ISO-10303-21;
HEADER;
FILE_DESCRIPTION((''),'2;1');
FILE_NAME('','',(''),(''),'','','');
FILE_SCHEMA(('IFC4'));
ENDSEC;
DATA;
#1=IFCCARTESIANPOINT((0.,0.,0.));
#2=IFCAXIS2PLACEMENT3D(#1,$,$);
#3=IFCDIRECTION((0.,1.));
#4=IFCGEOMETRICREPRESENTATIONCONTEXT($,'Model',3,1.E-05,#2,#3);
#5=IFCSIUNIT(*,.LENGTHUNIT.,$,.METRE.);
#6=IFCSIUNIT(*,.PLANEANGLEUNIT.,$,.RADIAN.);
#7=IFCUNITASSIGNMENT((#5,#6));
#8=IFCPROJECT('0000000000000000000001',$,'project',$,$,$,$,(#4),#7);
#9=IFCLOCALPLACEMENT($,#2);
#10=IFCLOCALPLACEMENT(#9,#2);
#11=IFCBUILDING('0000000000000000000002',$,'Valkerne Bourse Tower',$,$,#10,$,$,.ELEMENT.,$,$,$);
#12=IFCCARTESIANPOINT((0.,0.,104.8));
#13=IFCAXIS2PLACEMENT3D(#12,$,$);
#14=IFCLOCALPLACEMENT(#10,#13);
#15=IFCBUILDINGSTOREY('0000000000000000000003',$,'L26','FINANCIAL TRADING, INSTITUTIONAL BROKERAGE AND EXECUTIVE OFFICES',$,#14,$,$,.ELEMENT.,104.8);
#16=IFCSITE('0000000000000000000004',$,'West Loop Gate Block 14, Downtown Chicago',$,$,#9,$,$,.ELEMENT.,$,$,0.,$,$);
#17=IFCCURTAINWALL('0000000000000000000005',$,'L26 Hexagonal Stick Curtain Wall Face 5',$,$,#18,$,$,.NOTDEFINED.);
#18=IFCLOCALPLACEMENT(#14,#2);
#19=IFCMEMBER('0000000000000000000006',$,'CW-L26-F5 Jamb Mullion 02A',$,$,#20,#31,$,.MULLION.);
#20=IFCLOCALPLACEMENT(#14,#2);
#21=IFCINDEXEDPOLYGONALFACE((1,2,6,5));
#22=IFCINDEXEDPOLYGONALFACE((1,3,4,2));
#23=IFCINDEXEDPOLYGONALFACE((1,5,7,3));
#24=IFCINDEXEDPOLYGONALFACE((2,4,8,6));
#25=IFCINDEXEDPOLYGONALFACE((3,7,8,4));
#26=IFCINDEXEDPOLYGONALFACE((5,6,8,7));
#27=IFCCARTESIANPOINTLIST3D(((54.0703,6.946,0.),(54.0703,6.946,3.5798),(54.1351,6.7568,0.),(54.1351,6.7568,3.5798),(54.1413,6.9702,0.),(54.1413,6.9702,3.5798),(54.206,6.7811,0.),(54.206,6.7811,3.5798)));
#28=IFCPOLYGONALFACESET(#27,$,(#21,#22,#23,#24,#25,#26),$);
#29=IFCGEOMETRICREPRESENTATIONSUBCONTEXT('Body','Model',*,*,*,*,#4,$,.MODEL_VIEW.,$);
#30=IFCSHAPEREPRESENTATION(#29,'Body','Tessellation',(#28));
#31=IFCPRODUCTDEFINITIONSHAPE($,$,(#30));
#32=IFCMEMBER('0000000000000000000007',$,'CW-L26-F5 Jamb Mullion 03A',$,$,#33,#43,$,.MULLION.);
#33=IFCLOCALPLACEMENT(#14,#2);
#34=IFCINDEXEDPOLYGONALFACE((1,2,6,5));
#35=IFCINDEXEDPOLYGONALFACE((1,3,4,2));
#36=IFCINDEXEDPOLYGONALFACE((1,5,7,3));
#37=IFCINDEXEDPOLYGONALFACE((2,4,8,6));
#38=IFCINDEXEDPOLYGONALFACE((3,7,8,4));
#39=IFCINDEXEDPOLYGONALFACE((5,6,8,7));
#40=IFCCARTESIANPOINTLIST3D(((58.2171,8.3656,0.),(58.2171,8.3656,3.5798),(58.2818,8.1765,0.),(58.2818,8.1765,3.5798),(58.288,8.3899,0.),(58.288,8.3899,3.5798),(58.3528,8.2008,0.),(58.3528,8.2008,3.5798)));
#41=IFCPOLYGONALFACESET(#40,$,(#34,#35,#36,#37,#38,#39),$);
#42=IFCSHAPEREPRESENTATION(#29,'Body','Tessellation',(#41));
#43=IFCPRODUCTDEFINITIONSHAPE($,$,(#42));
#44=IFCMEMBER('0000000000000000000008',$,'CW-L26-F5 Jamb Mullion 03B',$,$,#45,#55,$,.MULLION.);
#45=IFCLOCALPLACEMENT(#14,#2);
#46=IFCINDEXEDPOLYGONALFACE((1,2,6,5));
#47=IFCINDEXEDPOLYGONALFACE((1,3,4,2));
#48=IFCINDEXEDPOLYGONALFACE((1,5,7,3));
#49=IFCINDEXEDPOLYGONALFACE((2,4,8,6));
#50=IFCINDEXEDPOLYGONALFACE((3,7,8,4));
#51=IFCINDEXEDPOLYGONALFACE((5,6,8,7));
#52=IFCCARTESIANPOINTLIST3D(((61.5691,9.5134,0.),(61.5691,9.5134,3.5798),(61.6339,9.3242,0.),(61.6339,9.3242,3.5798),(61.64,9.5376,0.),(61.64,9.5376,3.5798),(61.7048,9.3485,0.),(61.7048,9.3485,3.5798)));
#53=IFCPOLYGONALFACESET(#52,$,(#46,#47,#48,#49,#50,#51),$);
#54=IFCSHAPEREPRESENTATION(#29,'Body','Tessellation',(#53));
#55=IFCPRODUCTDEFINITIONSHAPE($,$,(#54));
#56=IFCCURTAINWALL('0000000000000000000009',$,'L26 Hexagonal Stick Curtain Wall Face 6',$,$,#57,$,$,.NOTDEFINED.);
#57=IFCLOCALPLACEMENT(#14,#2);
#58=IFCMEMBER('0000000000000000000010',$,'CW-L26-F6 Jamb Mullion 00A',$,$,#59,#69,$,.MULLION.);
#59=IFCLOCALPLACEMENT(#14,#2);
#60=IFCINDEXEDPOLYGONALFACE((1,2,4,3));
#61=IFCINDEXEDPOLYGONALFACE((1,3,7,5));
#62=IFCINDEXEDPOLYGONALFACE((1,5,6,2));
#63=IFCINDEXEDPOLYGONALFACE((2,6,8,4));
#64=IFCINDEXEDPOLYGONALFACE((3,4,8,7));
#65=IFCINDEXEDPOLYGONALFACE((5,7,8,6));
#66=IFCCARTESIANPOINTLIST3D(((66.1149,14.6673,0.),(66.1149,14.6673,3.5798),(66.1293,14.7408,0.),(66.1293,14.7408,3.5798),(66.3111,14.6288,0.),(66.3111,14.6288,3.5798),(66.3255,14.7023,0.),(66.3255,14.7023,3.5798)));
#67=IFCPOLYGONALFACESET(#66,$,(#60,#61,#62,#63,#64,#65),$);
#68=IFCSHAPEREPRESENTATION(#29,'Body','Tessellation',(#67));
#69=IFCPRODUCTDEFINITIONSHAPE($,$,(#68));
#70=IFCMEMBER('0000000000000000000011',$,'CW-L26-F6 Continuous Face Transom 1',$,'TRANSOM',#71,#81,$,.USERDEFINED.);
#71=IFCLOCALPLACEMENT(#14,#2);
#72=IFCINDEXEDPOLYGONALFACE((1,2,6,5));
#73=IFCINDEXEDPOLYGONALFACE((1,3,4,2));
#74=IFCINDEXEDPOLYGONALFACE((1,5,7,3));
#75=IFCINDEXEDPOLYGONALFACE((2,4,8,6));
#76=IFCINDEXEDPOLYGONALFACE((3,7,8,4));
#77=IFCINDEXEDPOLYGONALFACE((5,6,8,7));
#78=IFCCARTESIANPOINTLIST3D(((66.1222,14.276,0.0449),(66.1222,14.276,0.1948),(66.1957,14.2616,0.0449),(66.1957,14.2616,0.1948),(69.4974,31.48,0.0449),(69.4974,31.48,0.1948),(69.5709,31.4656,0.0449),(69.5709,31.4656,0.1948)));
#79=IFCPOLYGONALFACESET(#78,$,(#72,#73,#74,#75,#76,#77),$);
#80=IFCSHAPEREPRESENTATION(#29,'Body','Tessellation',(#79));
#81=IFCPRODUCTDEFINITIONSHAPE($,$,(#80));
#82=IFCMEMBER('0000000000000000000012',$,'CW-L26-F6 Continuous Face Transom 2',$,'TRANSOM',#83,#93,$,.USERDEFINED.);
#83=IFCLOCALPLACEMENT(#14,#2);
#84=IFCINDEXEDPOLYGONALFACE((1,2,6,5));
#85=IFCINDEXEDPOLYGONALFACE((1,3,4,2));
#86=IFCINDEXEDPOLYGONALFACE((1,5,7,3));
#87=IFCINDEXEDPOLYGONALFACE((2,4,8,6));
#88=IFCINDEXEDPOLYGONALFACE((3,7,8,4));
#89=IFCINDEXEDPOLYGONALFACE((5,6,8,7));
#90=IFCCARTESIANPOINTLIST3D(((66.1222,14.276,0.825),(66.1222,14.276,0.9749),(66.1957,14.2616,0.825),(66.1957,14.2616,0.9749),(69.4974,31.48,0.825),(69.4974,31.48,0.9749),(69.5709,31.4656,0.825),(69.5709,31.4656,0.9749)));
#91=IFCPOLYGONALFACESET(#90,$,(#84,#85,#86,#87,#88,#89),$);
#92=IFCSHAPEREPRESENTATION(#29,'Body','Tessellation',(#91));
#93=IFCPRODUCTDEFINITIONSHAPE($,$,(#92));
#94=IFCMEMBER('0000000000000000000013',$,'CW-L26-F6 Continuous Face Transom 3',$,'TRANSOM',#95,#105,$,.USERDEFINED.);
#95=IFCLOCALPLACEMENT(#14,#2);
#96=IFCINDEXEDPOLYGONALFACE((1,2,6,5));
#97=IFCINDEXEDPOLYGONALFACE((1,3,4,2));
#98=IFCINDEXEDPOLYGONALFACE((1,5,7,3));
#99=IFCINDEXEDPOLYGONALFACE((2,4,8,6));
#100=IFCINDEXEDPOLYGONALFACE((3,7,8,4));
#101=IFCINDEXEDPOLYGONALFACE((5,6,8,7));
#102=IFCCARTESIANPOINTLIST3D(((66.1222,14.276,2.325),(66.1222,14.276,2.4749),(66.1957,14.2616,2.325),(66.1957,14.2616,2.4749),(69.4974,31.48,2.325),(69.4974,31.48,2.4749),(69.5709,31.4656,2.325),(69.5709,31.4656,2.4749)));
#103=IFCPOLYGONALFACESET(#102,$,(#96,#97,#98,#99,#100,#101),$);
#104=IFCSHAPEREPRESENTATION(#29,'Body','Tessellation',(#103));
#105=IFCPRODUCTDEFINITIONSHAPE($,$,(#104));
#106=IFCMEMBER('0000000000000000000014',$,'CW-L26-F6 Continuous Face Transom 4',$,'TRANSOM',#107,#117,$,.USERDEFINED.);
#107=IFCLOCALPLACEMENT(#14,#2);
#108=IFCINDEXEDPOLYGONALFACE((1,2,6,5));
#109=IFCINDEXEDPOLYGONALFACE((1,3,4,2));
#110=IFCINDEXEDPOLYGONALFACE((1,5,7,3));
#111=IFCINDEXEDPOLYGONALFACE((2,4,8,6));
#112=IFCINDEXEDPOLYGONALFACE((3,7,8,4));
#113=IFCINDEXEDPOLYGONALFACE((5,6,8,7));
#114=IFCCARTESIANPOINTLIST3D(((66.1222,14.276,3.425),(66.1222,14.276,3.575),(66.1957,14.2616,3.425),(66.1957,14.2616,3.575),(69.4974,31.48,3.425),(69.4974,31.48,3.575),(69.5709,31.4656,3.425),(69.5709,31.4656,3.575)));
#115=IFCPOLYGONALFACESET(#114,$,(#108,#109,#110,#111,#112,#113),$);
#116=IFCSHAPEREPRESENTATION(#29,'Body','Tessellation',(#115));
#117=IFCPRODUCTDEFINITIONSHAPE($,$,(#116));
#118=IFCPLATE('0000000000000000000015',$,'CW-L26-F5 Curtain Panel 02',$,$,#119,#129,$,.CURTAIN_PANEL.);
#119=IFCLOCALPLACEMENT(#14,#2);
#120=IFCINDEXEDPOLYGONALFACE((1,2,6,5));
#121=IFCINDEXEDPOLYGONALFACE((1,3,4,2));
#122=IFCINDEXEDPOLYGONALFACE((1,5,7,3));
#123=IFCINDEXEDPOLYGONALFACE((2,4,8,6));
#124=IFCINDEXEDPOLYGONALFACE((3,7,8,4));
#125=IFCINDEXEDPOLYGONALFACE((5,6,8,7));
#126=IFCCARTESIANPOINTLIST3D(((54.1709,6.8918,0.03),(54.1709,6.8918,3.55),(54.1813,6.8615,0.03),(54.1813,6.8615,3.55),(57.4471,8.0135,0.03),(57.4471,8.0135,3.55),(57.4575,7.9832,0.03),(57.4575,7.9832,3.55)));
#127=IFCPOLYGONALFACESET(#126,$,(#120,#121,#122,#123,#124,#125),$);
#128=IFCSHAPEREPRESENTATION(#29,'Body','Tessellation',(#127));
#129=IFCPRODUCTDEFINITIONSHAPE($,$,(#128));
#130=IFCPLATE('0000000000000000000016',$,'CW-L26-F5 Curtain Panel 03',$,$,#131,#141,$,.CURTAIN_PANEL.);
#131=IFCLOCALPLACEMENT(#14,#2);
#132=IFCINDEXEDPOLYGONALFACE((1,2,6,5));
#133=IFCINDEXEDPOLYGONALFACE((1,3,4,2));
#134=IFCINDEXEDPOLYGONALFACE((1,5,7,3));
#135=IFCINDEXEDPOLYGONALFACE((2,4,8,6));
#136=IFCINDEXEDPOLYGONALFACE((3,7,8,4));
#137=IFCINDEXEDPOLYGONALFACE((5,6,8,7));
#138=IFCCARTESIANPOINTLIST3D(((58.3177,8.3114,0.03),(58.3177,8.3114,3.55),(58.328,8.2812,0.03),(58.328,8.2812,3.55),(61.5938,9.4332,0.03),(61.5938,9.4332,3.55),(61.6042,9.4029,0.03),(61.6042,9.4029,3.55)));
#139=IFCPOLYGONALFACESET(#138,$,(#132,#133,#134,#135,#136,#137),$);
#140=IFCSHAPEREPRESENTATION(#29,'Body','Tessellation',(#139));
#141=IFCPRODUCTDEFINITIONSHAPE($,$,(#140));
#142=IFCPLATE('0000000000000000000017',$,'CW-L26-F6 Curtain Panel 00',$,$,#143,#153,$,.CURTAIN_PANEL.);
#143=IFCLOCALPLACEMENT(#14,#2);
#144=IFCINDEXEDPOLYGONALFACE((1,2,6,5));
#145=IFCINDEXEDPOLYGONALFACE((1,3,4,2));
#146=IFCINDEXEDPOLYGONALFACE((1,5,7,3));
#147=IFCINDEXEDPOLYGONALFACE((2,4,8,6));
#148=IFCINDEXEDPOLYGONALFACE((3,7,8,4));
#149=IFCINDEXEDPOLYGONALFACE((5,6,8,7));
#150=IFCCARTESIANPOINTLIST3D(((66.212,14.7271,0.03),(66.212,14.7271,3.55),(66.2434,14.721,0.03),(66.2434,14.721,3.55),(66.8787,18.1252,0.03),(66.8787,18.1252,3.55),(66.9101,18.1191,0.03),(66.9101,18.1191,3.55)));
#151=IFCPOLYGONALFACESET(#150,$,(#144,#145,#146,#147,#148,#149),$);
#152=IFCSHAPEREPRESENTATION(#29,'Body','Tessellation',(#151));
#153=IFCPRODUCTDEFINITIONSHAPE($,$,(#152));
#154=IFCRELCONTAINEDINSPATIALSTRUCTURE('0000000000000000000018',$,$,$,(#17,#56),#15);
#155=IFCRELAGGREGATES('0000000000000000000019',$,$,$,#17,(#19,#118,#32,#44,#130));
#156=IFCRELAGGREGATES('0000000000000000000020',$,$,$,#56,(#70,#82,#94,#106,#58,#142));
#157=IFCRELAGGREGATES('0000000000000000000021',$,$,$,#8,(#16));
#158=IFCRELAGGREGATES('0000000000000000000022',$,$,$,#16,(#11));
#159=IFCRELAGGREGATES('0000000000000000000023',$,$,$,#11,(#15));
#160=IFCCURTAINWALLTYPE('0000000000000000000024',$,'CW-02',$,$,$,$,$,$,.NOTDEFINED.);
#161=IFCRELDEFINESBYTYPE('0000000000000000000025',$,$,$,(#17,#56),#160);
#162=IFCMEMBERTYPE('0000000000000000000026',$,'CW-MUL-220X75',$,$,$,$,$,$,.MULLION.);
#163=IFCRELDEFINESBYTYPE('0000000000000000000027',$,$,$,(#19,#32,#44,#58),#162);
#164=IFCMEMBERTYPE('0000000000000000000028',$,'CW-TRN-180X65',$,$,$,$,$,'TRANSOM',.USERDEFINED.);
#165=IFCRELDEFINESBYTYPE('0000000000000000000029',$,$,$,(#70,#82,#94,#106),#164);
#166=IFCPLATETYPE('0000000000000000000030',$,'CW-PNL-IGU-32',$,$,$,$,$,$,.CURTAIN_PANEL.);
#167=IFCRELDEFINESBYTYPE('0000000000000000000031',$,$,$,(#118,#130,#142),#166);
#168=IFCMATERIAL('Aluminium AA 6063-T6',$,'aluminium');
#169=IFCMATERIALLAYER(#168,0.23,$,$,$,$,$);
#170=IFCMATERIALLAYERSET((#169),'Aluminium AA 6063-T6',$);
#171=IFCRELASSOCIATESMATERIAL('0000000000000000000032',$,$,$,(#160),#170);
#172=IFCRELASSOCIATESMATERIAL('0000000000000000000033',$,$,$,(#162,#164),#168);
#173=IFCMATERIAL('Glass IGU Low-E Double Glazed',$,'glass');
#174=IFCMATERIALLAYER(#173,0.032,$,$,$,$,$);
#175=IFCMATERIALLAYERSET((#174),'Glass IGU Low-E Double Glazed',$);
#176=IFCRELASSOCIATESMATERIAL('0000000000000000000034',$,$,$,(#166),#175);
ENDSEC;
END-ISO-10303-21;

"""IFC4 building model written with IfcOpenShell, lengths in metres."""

from ifc_helpers import new_model, si_unit, direction, frame, origin, origin_2d, place, context, subcontext, project, spatial, rectangle, extrude, material, layer, layer_set, material_profile, profile_set, type_object, element, aggregate, save


model = new_model("IFC4")

# Units and contexts
model_context = context("Model", 3, precision=1e-05, world=origin(), true_north=direction((0.0, 1.0)))
body_context = subcontext(model_context, "Body", "Model", "MODEL_VIEW")
ifc_project = project(units=[si_unit("LENGTHUNIT", "METRE"), si_unit("PLANEANGLEUNIT", "RADIAN")], contexts=[model_context])

# Site, building, storey
site_placement = place(None, origin())
site = spatial("IfcSite", under=ifc_project, at=site_placement, Name="West Loop Gate Block 14, Downtown Chicago", CompositionType="ELEMENT", RefElevation=0.0)
building_placement = place(site_placement, origin())
building = spatial("IfcBuilding", under=site, at=building_placement, Name="Valkerne Bourse Tower", CompositionType="ELEMENT")
storey_placement = place(building_placement, frame((0.0, 0.0, 104.8)))
storey = spatial("IfcBuildingStorey", under=building, at=storey_placement, Name="L26", Description="FINANCIAL TRADING, INSTITUTIONAL BROKERAGE AND EXECUTIVE OFFICES", CompositionType="ELEMENT", Elevation=104.8)

# Curtain walls, members
ifc_material_1 = material(Name="Aluminium AA 6063-T6", Category="aluminium")
ifc_layer_1 = layer(ifc_material_1, 0.23)
ifc_layer_set_1 = layer_set([ifc_layer_1], Name="Aluminium AA 6063-T6")
curtain_wall_type = type_object("IfcCurtainWallType", Name="CW-02", PredefinedType="NOTDEFINED", material=ifc_layer_set_1)
curtain_wall_1_placement = place(storey_placement, origin())
curtain_wall_1 = element("IfcCurtainWall", 1, at=curtain_wall_1_placement, inside=storey, type_object=curtain_wall_type, Name="L26 Hexagonal Stick Curtain Wall Face 5", PredefinedType="NOTDEFINED")
ifc_material_profile_1 = material_profile(ifc_material_1, rectangle(XDim=0.075, YDim=0.2, at=origin_2d()), Name="CWM-75X200")
ifc_profile_set_1 = profile_set([ifc_material_profile_1], Name="Aluminium AA 6063-T6")
member_type_1 = type_object("IfcMemberType", Name="CW-MUL-220X75", PredefinedType="MULLION", material=ifc_profile_set_1)
member_1_placement = place(storey_placement, frame((54.1382, 6.8635, 0.0), z_axis=(0.0, 0.0, 1.0), x_axis=(0.946088, 0.323911, 0.0)))
member_1 = element("IfcMember", 2, at=member_1_placement, type_object=member_type_1, Name="CW-L26-F5 Jamb Mullion 02A", PredefinedType="MULLION", context=body_context, shape_type="SweptSolid", body=[
    extrude(rectangle(XDim=0.075, YDim=0.2, at=origin_2d()), origin(), (0.0, 0.0, 1.0), 3.5798),
])
member_2_placement = place(storey_placement, frame((58.2849, 8.2832, 0.0), z_axis=(0.0, 0.0, 1.0), x_axis=(0.946081, 0.323931, 0.0)))
member_2 = element("IfcMember", 3, at=member_2_placement, type_object=member_type_1, Name="CW-L26-F5 Jamb Mullion 03A", PredefinedType="MULLION", context=body_context, shape_type="SweptSolid", body=[
    extrude(rectangle(XDim=0.075, YDim=0.2, at=origin_2d()), origin(), (0.0, 0.0, 1.0), 3.5798),
])
member_3_placement = place(storey_placement, frame((61.637, 9.4309, 0.0), z_axis=(0.0, 0.0, 1.0), x_axis=(0.946081, 0.323931, 0.0)))
member_3 = element("IfcMember", 4, at=member_3_placement, type_object=member_type_1, Name="CW-L26-F5 Jamb Mullion 03B", PredefinedType="MULLION", context=body_context, shape_type="SweptSolid", body=[
    extrude(rectangle(XDim=0.075, YDim=0.2, at=origin_2d()), origin(), (0.0, 0.0, 1.0), 3.5798),
])
curtain_wall_2_placement = place(storey_placement, origin())
curtain_wall_2 = element("IfcCurtainWall", 5, at=curtain_wall_2_placement, inside=storey, type_object=curtain_wall_type, Name="L26 Hexagonal Stick Curtain Wall Face 6", PredefinedType="NOTDEFINED")
member_4_placement = place(storey_placement, frame((66.2202, 14.6848, 0.0), z_axis=(0.0, 0.0, 1.0), x_axis=(0.192517, 0.981294, 0.0)))
member_4 = element("IfcMember", 6, at=member_4_placement, type_object=member_type_1, Name="CW-L26-F6 Jamb Mullion 00A", PredefinedType="MULLION", context=body_context, shape_type="SweptSolid", body=[
    extrude(rectangle(XDim=0.075, YDim=0.2, at=origin_2d()), origin(), (0.0, 0.0, 1.0), 3.5798),
])
ifc_material_profile_2 = material_profile(ifc_material_1, rectangle(XDim=0.075, YDim=0.1499, at=origin_2d()), Name="CWT-75X150")
ifc_profile_set_2 = profile_set([ifc_material_profile_2], Name="Aluminium AA 6063-T6")
member_type_2 = type_object("IfcMemberType", Name="CW-TRN-180X65", ElementType="TRANSOM", PredefinedType="USERDEFINED", material=ifc_profile_set_2)
member_5_placement = place(storey_placement, frame((66.1589, 14.2688, 0.1199), z_axis=(0.192518, 0.981293, 0.0), x_axis=(-0.981293, 0.192518, 0.0)))
member_5 = element("IfcMember", 7, at=member_5_placement, type_object=member_type_2, Name="CW-L26-F6 Continuous Face Transom 1", ObjectType="TRANSOM", PredefinedType="USERDEFINED", context=body_context, shape_type="SweptSolid", body=[
    extrude(rectangle(XDim=0.075, YDim=0.1499, at=origin_2d()), origin(), (0.0, 0.0, 1.0), 17.532),
])
member_6_placement = place(storey_placement, frame((66.1589, 14.2688, 0.8999), z_axis=(0.192518, 0.981293, 0.0), x_axis=(-0.981293, 0.192518, 0.0)))
member_6 = element("IfcMember", 8, at=member_6_placement, type_object=member_type_2, Name="CW-L26-F6 Continuous Face Transom 2", ObjectType="TRANSOM", PredefinedType="USERDEFINED", context=body_context, shape_type="SweptSolid", body=[
    extrude(rectangle(XDim=0.075, YDim=0.1499, at=origin_2d()), origin(), (0.0, 0.0, 1.0), 17.532),
])
member_7_placement = place(storey_placement, frame((66.1589, 14.2688, 2.3999), z_axis=(0.192518, 0.981293, 0.0), x_axis=(-0.981293, 0.192518, 0.0)))
member_7 = element("IfcMember", 9, at=member_7_placement, type_object=member_type_2, Name="CW-L26-F6 Continuous Face Transom 3", ObjectType="TRANSOM", PredefinedType="USERDEFINED", context=body_context, shape_type="SweptSolid", body=[
    extrude(rectangle(XDim=0.075, YDim=0.1499, at=origin_2d()), origin(), (0.0, 0.0, 1.0), 17.532),
])
member_8_placement = place(storey_placement, frame((66.1589, 14.2688, 3.5), z_axis=(0.192518, 0.981293, 0.0), x_axis=(-0.981293, 0.192518, 0.0)))
member_8 = element("IfcMember", 10, at=member_8_placement, type_object=member_type_2, Name="CW-L26-F6 Continuous Face Transom 4", ObjectType="TRANSOM", PredefinedType="USERDEFINED", context=body_context, shape_type="SweptSolid", body=[
    extrude(rectangle(XDim=0.075, YDim=0.1499, at=origin_2d()), origin(), (0.0, 0.0, 1.0), 17.532),
])

# Plates
ifc_material_2 = material(Name="Glass IGU Low-E Double Glazed", Category="glass")
ifc_layer_2 = layer(ifc_material_2, 0.032)
ifc_layer_set_2 = layer_set([ifc_layer_2], Name="Glass IGU Low-E Double Glazed")
plate_type = type_object("IfcPlateType", Name="CW-PNL-IGU-32", PredefinedType="CURTAIN_PANEL", material=ifc_layer_set_2)
plate_1_placement = place(storey_placement, frame((55.8142, 7.4375, 0.03), z_axis=(0.0, 0.0, 1.0), x_axis=(0.946088, 0.323911, 0.0)))
plate_1 = element("IfcPlate", 11, at=plate_1_placement, type_object=plate_type, Name="CW-L26-F5 Curtain Panel 02", PredefinedType="CURTAIN_PANEL", context=body_context, shape_type="SweptSolid", body=[
    extrude(rectangle(XDim=3.4629, YDim=0.032, at=origin_2d()), origin(), (0.0, 0.0, 1.0), 3.52),
])
plate_2_placement = place(storey_placement, frame((59.9609, 8.8572, 0.03), z_axis=(0.0, 0.0, 1.0), x_axis=(0.946081, 0.323931, 0.0)))
plate_2 = element("IfcPlate", 12, at=plate_2_placement, type_object=plate_type, Name="CW-L26-F5 Curtain Panel 03", PredefinedType="CURTAIN_PANEL", context=body_context, shape_type="SweptSolid", body=[
    extrude(rectangle(XDim=3.4629, YDim=0.032, at=origin_2d()), origin(), (0.0, 0.0, 1.0), 3.52),
])
aggregate(curtain_wall_1, [member_1, plate_1, member_2, member_3, plate_2])
plate_3_placement = place(storey_placement, frame((66.561, 16.4231, 0.03), z_axis=(0.0, 0.0, 1.0), x_axis=(0.192517, 0.981294, 0.0)))
plate_3 = element("IfcPlate", 13, at=plate_3_placement, type_object=plate_type, Name="CW-L26-F6 Curtain Panel 00", PredefinedType="CURTAIN_PANEL", context=body_context, shape_type="SweptSolid", body=[
    extrude(rectangle(XDim=3.4629, YDim=0.032, at=origin_2d()), origin(), (0.0, 0.0, 1.0), 3.52),
])
aggregate(curtain_wall_2, [member_5, member_6, member_7, member_8, member_4, plate_3])

save(model, "model.ifc")
